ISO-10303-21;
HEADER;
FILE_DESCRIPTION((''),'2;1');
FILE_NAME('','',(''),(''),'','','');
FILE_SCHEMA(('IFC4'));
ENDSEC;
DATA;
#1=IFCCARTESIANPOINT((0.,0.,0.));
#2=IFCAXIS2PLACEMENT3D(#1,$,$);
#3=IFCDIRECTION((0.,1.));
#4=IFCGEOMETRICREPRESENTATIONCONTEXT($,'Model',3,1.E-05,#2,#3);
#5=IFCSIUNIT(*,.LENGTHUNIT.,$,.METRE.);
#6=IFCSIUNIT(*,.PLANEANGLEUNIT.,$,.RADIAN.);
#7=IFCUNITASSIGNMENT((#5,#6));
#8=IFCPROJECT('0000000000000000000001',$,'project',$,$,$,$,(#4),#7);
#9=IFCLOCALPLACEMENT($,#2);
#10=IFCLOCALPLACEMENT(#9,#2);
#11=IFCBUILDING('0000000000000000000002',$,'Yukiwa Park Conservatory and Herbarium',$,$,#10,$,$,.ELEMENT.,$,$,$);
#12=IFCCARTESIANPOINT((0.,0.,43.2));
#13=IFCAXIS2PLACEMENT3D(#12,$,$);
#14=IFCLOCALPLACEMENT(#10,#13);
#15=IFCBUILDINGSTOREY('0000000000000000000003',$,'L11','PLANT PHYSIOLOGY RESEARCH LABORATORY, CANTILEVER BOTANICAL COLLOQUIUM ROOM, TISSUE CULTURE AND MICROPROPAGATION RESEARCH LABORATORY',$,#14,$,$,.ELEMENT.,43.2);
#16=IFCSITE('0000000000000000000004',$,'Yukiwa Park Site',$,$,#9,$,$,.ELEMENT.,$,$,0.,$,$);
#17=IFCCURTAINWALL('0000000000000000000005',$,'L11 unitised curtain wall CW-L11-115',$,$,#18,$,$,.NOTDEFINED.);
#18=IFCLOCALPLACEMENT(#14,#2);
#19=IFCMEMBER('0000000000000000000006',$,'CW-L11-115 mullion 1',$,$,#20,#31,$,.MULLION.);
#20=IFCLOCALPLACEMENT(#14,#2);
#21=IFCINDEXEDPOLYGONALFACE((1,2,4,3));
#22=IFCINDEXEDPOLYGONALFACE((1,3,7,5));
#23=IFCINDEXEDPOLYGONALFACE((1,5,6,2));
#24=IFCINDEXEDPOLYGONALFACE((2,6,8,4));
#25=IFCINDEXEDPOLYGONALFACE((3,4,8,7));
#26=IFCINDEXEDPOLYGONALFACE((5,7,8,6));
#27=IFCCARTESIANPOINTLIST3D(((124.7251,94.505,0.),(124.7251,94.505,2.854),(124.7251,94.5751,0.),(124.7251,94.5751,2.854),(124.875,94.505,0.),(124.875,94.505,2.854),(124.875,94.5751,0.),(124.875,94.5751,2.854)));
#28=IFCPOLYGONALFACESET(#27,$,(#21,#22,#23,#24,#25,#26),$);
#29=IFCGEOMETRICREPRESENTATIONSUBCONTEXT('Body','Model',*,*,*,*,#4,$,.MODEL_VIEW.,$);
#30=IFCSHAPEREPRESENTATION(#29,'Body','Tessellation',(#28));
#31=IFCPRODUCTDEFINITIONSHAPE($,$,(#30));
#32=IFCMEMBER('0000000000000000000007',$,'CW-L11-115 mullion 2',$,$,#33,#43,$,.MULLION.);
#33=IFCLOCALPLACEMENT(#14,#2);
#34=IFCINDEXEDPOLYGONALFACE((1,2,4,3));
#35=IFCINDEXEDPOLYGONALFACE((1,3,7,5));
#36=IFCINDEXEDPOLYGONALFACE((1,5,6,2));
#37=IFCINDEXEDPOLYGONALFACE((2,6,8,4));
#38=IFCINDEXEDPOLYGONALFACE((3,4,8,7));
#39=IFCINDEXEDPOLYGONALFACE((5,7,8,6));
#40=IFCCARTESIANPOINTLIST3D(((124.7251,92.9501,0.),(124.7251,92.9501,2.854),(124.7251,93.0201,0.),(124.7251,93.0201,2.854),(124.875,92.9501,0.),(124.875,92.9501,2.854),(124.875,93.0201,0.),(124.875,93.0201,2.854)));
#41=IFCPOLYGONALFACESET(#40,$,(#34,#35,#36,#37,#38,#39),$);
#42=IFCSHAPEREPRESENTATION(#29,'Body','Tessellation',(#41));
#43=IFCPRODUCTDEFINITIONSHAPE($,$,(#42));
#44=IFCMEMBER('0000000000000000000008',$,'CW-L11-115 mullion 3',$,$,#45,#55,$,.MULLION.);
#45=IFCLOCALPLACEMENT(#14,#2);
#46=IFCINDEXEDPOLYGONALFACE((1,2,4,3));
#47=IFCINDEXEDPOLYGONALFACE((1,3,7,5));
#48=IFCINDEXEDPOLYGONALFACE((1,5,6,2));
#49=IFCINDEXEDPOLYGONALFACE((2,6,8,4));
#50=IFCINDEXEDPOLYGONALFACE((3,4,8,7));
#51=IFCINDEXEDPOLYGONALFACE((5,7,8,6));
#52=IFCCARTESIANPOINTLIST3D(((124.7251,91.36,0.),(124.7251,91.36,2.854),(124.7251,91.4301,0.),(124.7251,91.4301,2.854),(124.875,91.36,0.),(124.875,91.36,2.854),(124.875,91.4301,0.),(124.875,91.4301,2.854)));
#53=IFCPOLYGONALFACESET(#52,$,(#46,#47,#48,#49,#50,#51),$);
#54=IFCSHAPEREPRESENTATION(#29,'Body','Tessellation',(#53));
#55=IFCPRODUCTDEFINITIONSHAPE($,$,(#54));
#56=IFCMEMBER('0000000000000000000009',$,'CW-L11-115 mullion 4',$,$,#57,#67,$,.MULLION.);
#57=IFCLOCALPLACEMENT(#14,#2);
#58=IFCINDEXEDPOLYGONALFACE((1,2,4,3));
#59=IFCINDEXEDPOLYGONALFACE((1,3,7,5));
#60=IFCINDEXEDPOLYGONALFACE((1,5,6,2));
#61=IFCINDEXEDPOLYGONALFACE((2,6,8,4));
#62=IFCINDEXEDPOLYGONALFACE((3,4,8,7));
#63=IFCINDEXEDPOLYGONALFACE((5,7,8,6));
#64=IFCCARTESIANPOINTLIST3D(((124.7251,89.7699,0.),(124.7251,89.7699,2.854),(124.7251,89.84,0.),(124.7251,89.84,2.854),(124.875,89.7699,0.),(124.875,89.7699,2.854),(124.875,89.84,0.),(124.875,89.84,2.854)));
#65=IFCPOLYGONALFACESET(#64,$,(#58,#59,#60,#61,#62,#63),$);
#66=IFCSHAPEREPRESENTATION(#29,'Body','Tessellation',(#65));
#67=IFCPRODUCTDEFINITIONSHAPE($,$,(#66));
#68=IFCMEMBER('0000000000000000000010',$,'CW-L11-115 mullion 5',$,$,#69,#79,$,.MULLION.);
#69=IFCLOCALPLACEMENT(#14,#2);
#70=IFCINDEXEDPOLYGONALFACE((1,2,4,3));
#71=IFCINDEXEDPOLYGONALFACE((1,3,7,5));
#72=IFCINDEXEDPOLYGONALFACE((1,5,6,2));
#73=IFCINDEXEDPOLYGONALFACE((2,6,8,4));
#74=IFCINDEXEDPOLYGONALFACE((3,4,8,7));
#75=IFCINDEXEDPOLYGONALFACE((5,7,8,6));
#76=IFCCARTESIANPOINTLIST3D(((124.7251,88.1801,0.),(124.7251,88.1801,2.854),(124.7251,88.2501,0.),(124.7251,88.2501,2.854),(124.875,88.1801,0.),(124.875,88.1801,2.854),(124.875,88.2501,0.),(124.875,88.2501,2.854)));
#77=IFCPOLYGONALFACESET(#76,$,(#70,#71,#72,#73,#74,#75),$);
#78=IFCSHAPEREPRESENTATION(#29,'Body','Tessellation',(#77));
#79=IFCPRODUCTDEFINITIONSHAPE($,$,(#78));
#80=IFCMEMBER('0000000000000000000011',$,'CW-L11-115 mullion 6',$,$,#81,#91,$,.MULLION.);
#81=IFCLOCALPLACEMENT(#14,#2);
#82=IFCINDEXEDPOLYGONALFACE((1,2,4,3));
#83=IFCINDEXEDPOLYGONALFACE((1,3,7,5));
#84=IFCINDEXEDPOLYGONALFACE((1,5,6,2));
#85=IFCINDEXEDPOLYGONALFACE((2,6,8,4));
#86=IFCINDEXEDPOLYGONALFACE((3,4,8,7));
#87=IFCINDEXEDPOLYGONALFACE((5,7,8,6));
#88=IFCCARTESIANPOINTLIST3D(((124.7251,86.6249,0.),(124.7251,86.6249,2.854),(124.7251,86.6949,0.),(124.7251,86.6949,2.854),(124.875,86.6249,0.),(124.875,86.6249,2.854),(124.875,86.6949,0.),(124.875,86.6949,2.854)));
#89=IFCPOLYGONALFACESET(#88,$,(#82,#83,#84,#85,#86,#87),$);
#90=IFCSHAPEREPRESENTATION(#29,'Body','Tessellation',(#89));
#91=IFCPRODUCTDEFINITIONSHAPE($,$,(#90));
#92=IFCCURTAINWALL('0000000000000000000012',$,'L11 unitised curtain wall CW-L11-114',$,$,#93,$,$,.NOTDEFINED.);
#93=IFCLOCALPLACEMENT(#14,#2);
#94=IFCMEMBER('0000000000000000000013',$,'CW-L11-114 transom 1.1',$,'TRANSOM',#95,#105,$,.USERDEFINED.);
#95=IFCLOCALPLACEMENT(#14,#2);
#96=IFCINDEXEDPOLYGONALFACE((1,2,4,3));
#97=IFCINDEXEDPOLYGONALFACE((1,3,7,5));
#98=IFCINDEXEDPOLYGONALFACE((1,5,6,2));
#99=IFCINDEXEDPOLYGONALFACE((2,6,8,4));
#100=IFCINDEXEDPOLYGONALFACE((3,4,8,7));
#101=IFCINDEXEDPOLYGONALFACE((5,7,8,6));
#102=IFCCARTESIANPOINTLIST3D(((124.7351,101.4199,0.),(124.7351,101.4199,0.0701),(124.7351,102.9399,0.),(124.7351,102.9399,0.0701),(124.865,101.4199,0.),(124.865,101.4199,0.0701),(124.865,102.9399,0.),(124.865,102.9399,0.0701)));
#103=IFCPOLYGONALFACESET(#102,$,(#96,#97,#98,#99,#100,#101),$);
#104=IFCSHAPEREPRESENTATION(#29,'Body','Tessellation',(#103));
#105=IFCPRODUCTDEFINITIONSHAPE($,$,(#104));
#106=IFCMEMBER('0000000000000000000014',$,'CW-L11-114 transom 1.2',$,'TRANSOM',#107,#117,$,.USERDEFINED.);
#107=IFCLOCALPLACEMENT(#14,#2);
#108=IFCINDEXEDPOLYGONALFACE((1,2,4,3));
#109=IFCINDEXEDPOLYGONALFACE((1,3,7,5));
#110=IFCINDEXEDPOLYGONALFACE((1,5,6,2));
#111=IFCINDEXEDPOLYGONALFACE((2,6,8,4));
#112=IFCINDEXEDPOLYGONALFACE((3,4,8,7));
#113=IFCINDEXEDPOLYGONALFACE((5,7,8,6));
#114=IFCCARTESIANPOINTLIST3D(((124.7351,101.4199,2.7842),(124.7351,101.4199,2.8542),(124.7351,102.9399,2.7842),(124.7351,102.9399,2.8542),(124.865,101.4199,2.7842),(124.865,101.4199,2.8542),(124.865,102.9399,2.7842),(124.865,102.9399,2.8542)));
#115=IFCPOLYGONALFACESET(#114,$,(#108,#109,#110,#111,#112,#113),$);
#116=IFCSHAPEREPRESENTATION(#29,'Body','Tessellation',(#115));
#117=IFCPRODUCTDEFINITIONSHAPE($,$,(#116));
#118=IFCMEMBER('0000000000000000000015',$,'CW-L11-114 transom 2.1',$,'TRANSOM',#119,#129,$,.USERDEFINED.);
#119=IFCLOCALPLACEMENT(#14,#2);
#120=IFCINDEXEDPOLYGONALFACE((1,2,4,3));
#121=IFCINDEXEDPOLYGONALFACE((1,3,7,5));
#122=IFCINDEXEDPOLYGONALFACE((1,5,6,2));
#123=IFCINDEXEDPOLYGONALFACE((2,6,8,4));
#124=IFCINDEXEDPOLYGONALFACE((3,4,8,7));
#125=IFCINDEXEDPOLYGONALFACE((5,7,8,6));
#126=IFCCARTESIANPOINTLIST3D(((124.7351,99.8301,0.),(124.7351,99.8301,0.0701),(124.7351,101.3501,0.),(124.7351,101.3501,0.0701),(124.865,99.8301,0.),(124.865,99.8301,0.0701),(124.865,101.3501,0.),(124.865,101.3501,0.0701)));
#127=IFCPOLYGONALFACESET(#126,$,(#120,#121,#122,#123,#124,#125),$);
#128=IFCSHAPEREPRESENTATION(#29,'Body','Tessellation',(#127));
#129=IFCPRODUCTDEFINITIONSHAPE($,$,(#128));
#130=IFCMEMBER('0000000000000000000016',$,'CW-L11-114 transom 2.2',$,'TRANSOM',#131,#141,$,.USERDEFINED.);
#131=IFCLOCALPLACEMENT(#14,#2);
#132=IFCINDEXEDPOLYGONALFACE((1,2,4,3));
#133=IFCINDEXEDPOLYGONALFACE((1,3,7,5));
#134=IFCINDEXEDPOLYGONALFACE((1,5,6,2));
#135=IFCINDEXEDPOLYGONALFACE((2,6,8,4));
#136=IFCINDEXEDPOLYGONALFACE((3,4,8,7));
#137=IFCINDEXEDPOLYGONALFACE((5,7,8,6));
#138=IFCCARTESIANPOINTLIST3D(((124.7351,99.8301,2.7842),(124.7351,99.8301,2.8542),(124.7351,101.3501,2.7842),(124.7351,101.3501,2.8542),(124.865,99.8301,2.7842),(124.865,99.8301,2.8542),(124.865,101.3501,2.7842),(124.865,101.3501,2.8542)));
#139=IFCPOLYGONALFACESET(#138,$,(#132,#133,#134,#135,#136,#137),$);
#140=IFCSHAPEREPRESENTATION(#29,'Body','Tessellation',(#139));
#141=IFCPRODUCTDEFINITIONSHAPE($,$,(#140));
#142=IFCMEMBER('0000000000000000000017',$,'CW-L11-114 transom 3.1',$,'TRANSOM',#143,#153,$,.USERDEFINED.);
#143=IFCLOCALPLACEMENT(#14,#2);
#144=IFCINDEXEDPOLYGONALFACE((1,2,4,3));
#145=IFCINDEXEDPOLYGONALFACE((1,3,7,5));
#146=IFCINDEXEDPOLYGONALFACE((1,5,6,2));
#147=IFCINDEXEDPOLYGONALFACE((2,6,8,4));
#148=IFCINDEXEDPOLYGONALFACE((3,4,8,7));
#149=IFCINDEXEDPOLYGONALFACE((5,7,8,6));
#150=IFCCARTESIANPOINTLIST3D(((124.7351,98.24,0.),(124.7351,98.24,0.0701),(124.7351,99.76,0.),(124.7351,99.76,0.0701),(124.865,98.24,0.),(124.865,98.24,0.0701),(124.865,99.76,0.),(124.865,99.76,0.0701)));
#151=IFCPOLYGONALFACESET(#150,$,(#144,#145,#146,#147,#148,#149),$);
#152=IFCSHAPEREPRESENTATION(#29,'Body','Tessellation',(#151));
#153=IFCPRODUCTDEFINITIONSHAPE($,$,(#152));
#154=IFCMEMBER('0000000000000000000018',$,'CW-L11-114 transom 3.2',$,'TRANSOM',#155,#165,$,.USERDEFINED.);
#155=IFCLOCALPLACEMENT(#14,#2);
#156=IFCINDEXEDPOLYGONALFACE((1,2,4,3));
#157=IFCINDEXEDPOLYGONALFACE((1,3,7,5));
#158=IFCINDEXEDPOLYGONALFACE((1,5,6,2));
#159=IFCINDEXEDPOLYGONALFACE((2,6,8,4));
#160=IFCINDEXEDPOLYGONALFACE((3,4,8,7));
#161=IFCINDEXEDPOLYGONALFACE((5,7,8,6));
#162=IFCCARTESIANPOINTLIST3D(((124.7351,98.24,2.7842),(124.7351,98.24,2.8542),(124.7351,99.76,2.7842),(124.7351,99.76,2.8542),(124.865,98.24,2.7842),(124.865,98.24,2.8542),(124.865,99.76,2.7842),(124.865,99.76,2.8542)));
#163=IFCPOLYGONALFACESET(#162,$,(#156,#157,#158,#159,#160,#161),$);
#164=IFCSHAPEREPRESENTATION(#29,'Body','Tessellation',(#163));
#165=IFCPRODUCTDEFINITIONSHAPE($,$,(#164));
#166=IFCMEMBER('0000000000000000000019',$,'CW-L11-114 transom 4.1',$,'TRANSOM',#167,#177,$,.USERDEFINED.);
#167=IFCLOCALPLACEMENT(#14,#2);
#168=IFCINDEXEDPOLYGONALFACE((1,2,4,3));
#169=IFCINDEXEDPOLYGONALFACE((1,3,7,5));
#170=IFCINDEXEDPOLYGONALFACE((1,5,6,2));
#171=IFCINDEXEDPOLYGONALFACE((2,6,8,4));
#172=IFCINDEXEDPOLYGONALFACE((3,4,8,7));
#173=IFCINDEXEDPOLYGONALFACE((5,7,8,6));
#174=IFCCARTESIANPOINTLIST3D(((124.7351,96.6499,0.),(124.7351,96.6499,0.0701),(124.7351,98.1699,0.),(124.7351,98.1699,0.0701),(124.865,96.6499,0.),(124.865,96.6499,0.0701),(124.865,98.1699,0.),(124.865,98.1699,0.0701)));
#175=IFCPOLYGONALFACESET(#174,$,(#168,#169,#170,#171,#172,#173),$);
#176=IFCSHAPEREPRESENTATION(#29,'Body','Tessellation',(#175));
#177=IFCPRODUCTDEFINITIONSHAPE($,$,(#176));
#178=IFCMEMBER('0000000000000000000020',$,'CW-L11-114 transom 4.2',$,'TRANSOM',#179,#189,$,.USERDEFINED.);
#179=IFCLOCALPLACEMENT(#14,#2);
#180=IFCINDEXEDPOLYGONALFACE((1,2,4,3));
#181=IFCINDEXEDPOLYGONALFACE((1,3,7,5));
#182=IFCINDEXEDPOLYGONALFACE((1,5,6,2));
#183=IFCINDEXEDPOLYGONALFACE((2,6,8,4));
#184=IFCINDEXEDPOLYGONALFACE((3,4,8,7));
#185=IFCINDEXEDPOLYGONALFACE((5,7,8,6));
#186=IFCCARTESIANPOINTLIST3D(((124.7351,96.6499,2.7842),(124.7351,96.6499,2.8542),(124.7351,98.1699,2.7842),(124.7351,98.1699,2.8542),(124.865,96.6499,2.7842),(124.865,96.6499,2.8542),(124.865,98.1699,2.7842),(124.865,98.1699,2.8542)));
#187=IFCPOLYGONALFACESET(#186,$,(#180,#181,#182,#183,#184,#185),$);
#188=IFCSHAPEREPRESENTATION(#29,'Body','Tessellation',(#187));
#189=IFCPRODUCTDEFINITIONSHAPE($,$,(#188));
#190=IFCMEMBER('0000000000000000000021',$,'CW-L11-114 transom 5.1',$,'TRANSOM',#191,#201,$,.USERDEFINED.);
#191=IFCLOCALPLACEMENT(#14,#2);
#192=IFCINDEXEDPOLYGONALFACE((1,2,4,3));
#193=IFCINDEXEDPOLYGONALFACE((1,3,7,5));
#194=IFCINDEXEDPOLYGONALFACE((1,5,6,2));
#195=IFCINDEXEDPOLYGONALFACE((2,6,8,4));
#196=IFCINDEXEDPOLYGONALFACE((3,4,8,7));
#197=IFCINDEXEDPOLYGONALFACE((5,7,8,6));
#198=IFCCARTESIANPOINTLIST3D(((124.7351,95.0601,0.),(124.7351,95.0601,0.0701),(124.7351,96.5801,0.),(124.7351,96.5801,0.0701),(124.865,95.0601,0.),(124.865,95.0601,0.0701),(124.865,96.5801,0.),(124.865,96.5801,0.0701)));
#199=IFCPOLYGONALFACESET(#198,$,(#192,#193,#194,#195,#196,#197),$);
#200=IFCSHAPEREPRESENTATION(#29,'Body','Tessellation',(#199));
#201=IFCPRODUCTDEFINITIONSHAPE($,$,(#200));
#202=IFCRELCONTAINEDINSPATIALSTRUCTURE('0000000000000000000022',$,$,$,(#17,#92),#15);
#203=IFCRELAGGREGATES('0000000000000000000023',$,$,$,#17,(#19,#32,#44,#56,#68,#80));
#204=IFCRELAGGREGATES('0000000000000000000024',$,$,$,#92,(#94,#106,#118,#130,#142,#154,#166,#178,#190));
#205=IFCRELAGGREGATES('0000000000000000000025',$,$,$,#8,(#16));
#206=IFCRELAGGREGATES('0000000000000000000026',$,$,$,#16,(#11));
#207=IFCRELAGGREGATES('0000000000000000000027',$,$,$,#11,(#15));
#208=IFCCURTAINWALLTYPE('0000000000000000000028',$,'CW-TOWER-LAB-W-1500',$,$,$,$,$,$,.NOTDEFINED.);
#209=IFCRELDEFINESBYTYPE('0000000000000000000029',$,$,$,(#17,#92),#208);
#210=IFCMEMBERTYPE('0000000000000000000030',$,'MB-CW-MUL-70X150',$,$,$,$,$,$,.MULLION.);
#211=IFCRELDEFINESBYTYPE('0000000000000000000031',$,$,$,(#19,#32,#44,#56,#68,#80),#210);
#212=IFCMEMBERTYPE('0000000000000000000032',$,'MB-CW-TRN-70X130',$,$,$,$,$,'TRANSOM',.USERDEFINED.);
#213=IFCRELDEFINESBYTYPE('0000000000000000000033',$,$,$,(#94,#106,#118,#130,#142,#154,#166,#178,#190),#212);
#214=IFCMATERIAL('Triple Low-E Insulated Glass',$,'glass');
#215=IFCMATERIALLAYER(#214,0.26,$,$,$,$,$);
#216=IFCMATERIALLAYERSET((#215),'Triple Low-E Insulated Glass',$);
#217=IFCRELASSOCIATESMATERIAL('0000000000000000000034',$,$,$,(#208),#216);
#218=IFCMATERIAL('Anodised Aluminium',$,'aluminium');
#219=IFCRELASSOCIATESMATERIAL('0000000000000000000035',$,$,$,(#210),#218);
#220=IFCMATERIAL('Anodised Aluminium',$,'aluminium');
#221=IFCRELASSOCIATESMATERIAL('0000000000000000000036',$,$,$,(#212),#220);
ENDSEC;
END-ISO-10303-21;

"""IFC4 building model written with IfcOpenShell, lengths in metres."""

from ifc_helpers import new_model, si_unit, direction, frame, origin, origin_2d, place, context, subcontext, project, spatial, rectangle, extrude, material, layer, layer_set, type_object, element, aggregate, save


model = new_model("IFC4")

# Units and contexts
model_context = context("Model", 3, precision=1e-05, world=origin(), true_north=direction((0.0, 1.0)))
body_context = subcontext(model_context, "Body", "Model", "MODEL_VIEW")
ifc_project = project(units=[si_unit("LENGTHUNIT", "METRE"), si_unit("PLANEANGLEUNIT", "RADIAN")], contexts=[model_context])

# Site, building, storey
site_placement = place(None, origin())
site = spatial("IfcSite", under=ifc_project, at=site_placement, Name="Yukiwa Park Site", CompositionType="ELEMENT", RefElevation=0.0)
building_placement = place(site_placement, origin())
building = spatial("IfcBuilding", under=site, at=building_placement, Name="Yukiwa Park Conservatory and Herbarium", CompositionType="ELEMENT")
storey_placement = place(building_placement, frame((0.0, 0.0, 43.2)))
storey = spatial("IfcBuildingStorey", under=building, at=storey_placement, Name="L11", Description="PLANT PHYSIOLOGY RESEARCH LABORATORY, CANTILEVER BOTANICAL COLLOQUIUM ROOM, TISSUE CULTURE AND MICROPROPAGATION RESEARCH LABORATORY", CompositionType="ELEMENT", Elevation=43.2)

# Curtain walls, members
ifc_material_1 = material(Name="Triple Low-E Insulated Glass", Category="glass")
ifc_layer_1 = layer(ifc_material_1, 0.26)
ifc_layer_set_1 = layer_set([ifc_layer_1], Name="Triple Low-E Insulated Glass")
curtain_wall_type = type_object("IfcCurtainWallType", Name="CW-TOWER-LAB-W-1500", PredefinedType="NOTDEFINED", material=ifc_layer_set_1)
curtain_wall_1_placement = place(storey_placement, origin())
curtain_wall_1 = element("IfcCurtainWall", 1, at=curtain_wall_1_placement, inside=storey, type_object=curtain_wall_type, Name="L11 unitised curtain wall CW-L11-115", PredefinedType="NOTDEFINED")
ifc_material_2 = material(Name="Anodised Aluminium", Category="aluminium")
member_type_1 = type_object("IfcMemberType", Name="MB-CW-MUL-70X150", PredefinedType="MULLION", material=ifc_material_2)
member_1_placement = place(storey_placement, frame((124.8, 94.54, 0.0), z_axis=(0.0, 0.0, 1.0), x_axis=(0.0, -1.0, 0.0)))
member_1 = element("IfcMember", 2, at=member_1_placement, type_object=member_type_1, Name="CW-L11-115 mullion 1", PredefinedType="MULLION", context=body_context, shape_type="SweptSolid", body=[
    extrude(rectangle(XDim=0.0701, YDim=0.1499, at=origin_2d()), origin(), (0.0, 0.0, 1.0), 2.854),
])
member_2_placement = place(storey_placement, frame((124.8, 92.9851, 0.0), z_axis=(0.0, 0.0, 1.0), x_axis=(0.0, -1.0, 0.0)))
member_2 = element("IfcMember", 3, at=member_2_placement, type_object=member_type_1, Name="CW-L11-115 mullion 2", PredefinedType="MULLION", context=body_context, shape_type="SweptSolid", body=[
    extrude(rectangle(XDim=0.0701, YDim=0.1499, at=origin_2d()), origin(), (0.0, 0.0, 1.0), 2.854),
])
member_3_placement = place(storey_placement, frame((124.8, 91.395, 0.0), z_axis=(0.0, 0.0, 1.0), x_axis=(0.0, -1.0, 0.0)))
member_3 = element("IfcMember", 4, at=member_3_placement, type_object=member_type_1, Name="CW-L11-115 mullion 3", PredefinedType="MULLION", context=body_context, shape_type="SweptSolid", body=[
    extrude(rectangle(XDim=0.0701, YDim=0.1499, at=origin_2d()), origin(), (0.0, 0.0, 1.0), 2.854),
])
member_4_placement = place(storey_placement, frame((124.8, 89.8049, 0.0), z_axis=(0.0, 0.0, 1.0), x_axis=(0.0, -1.0, 0.0)))
member_4 = element("IfcMember", 5, at=member_4_placement, type_object=member_type_1, Name="CW-L11-115 mullion 4", PredefinedType="MULLION", context=body_context, shape_type="SweptSolid", body=[
    extrude(rectangle(XDim=0.0701, YDim=0.1499, at=origin_2d()), origin(), (0.0, 0.0, 1.0), 2.854),
])
member_5_placement = place(storey_placement, frame((124.8, 88.2151, 0.0), z_axis=(0.0, 0.0, 1.0), x_axis=(0.0, -1.0, 0.0)))
member_5 = element("IfcMember", 6, at=member_5_placement, type_object=member_type_1, Name="CW-L11-115 mullion 5", PredefinedType="MULLION", context=body_context, shape_type="SweptSolid", body=[
    extrude(rectangle(XDim=0.0701, YDim=0.1499, at=origin_2d()), origin(), (0.0, 0.0, 1.0), 2.854),
])
member_6_placement = place(storey_placement, frame((124.8, 86.6599, 0.0), z_axis=(0.0, 0.0, 1.0), x_axis=(0.0, -1.0, 0.0)))
member_6 = element("IfcMember", 7, at=member_6_placement, type_object=member_type_1, Name="CW-L11-115 mullion 6", PredefinedType="MULLION", context=body_context, shape_type="SweptSolid", body=[
    extrude(rectangle(XDim=0.0701, YDim=0.1499, at=origin_2d()), origin(), (0.0, 0.0, 1.0), 2.854),
])
curtain_wall_2_placement = place(storey_placement, origin())
curtain_wall_2 = element("IfcCurtainWall", 8, at=curtain_wall_2_placement, inside=storey, type_object=curtain_wall_type, Name="L11 unitised curtain wall CW-L11-114", PredefinedType="NOTDEFINED")
ifc_material_3 = material(Name="Anodised Aluminium", Category="aluminium")
member_type_2 = type_object("IfcMemberType", Name="MB-CW-TRN-70X130", ElementType="TRANSOM", PredefinedType="USERDEFINED", material=ifc_material_3)
member_7_placement = place(storey_placement, frame((124.8, 102.1799, 0.0), z_axis=(0.0, 0.0, 1.0), x_axis=(0.0, -1.0, 0.0)))
member_7 = element("IfcMember", 9, at=member_7_placement, type_object=member_type_2, Name="CW-L11-114 transom 1.1", ObjectType="TRANSOM", PredefinedType="USERDEFINED", context=body_context, shape_type="SweptSolid", body=[
    extrude(rectangle(XDim=1.52, YDim=0.1299, at=origin_2d()), origin(), (0.0, 0.0, 1.0), 0.0701),
])
member_8_placement = place(storey_placement, frame((124.8, 102.1799, 2.7842), z_axis=(0.0, 0.0, 1.0), x_axis=(0.0, -1.0, 0.0)))
member_8 = element("IfcMember", 10, at=member_8_placement, type_object=member_type_2, Name="CW-L11-114 transom 1.2", ObjectType="TRANSOM", PredefinedType="USERDEFINED", context=body_context, shape_type="SweptSolid", body=[
    extrude(rectangle(XDim=1.52, YDim=0.1299, at=origin_2d()), origin(), (0.0, 0.0, 1.0), 0.0701),
])
member_9_placement = place(storey_placement, frame((124.8, 100.5901, 0.0), z_axis=(0.0, 0.0, 1.0), x_axis=(0.0, -1.0, 0.0)))
member_9 = element("IfcMember", 11, at=member_9_placement, type_object=member_type_2, Name="CW-L11-114 transom 2.1", ObjectType="TRANSOM", PredefinedType="USERDEFINED", context=body_context, shape_type="SweptSolid", body=[
    extrude(rectangle(XDim=1.52, YDim=0.1299, at=origin_2d()), origin(), (0.0, 0.0, 1.0), 0.0701),
])
member_10_placement = place(storey_placement, frame((124.8, 100.5901, 2.7842), z_axis=(0.0, 0.0, 1.0), x_axis=(0.0, -1.0, 0.0)))
member_10 = element("IfcMember", 12, at=member_10_placement, type_object=member_type_2, Name="CW-L11-114 transom 2.2", ObjectType="TRANSOM", PredefinedType="USERDEFINED", context=body_context, shape_type="SweptSolid", body=[
    extrude(rectangle(XDim=1.52, YDim=0.1299, at=origin_2d()), origin(), (0.0, 0.0, 1.0), 0.0701),
])
member_11_placement = place(storey_placement, frame((124.8, 99.0, 0.0), z_axis=(0.0, 0.0, 1.0), x_axis=(0.0, -1.0, 0.0)))
member_11 = element("IfcMember", 13, at=member_11_placement, type_object=member_type_2, Name="CW-L11-114 transom 3.1", ObjectType="TRANSOM", PredefinedType="USERDEFINED", context=body_context, shape_type="SweptSolid", body=[
    extrude(rectangle(XDim=1.52, YDim=0.1299, at=origin_2d()), origin(), (0.0, 0.0, 1.0), 0.0701),
])
member_12_placement = place(storey_placement, frame((124.8, 99.0, 2.7842), z_axis=(0.0, 0.0, 1.0), x_axis=(0.0, -1.0, 0.0)))
member_12 = element("IfcMember", 14, at=member_12_placement, type_object=member_type_2, Name="CW-L11-114 transom 3.2", ObjectType="TRANSOM", PredefinedType="USERDEFINED", context=body_context, shape_type="SweptSolid", body=[
    extrude(rectangle(XDim=1.52, YDim=0.1299, at=origin_2d()), origin(), (0.0, 0.0, 1.0), 0.0701),
])
member_13_placement = place(storey_placement, frame((124.8, 97.4099, 0.0), z_axis=(0.0, 0.0, 1.0), x_axis=(0.0, -1.0, 0.0)))
member_13 = element("IfcMember", 15, at=member_13_placement, type_object=member_type_2, Name="CW-L11-114 transom 4.1", ObjectType="TRANSOM", PredefinedType="USERDEFINED", context=body_context, shape_type="SweptSolid", body=[
    extrude(rectangle(XDim=1.52, YDim=0.1299, at=origin_2d()), origin(), (0.0, 0.0, 1.0), 0.0701),
])
member_14_placement = place(storey_placement, frame((124.8, 97.4099, 2.7842), z_axis=(0.0, 0.0, 1.0), x_axis=(0.0, -1.0, 0.0)))
member_14 = element("IfcMember", 16, at=member_14_placement, type_object=member_type_2, Name="CW-L11-114 transom 4.2", ObjectType="TRANSOM", PredefinedType="USERDEFINED", context=body_context, shape_type="SweptSolid", body=[
    extrude(rectangle(XDim=1.52, YDim=0.1299, at=origin_2d()), origin(), (0.0, 0.0, 1.0), 0.0701),
])
member_15_placement = place(storey_placement, frame((124.8, 95.8201, 0.0), z_axis=(0.0, 0.0, 1.0), x_axis=(0.0, -1.0, 0.0)))
member_15 = element("IfcMember", 17, at=member_15_placement, type_object=member_type_2, Name="CW-L11-114 transom 5.1", ObjectType="TRANSOM", PredefinedType="USERDEFINED", context=body_context, shape_type="SweptSolid", body=[
    extrude(rectangle(XDim=1.52, YDim=0.1299, at=origin_2d()), origin(), (0.0, 0.0, 1.0), 0.0701),
])

aggregate(curtain_wall_1, [member_1, member_2, member_3, member_4, member_5, member_6])

aggregate(curtain_wall_2, [member_7, member_8, member_9, member_10, member_11, member_12, member_13, member_14, member_15])

save(model, "model.ifc")
